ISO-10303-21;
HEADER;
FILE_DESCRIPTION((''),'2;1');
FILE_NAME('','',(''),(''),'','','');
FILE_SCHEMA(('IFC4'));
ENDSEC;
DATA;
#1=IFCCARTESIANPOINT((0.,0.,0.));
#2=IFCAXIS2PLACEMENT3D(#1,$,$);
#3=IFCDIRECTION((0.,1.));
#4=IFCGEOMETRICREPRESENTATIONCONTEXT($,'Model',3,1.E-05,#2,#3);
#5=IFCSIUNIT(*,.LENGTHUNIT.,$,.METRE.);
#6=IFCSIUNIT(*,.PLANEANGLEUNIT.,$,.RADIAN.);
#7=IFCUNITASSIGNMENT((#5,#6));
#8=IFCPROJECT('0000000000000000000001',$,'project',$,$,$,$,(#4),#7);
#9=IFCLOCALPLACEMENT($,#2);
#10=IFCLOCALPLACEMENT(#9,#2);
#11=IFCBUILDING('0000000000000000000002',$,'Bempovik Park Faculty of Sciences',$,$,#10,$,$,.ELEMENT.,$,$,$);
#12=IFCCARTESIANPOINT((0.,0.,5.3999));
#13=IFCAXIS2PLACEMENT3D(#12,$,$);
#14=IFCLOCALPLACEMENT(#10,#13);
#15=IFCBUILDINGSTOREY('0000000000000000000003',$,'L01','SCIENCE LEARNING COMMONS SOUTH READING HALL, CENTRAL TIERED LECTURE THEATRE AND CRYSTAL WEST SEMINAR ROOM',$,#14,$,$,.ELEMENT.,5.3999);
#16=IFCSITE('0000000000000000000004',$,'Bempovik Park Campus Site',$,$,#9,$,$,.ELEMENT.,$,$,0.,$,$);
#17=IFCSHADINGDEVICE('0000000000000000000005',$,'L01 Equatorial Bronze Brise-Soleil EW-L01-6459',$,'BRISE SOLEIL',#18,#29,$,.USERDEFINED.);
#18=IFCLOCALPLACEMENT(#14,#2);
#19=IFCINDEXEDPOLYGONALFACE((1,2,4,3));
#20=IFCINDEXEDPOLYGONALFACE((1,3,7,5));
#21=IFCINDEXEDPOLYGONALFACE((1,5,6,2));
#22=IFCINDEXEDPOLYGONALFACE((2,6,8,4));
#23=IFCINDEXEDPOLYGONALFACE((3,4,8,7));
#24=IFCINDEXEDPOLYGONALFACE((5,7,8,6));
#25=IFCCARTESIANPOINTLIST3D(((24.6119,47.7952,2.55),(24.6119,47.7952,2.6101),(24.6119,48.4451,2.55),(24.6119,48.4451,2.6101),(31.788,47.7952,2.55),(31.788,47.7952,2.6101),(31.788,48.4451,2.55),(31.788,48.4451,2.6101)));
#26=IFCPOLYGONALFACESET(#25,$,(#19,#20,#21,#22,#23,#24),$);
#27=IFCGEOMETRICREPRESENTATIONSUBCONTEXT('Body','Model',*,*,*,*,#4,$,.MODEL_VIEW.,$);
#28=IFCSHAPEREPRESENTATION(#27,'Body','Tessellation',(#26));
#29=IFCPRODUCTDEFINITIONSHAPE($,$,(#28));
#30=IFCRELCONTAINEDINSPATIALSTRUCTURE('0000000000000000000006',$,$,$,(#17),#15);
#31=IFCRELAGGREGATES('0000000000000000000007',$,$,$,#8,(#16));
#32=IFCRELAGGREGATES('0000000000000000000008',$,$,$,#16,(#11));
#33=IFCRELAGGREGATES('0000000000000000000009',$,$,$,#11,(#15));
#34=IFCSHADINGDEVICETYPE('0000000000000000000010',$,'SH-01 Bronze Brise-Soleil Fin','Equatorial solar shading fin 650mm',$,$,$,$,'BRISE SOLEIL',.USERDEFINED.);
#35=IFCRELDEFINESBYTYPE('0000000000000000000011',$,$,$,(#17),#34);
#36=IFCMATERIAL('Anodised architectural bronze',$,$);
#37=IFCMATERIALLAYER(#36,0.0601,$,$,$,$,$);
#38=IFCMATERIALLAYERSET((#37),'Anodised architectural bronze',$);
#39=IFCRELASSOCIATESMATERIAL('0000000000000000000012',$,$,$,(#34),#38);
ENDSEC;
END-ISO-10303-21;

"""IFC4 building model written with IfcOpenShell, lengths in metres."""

from ifc_helpers import new_model, si_unit, direction, frame, origin, origin_2d, place, context, subcontext, project, spatial, rectangle, extrude, material, layer, layer_set, type_object, element, save


model = new_model("IFC4")

# Units and contexts
model_context = context("Model", 3, precision=1e-05, world=origin(), true_north=direction((0.0, 1.0)))
body_context = subcontext(model_context, "Body", "Model", "MODEL_VIEW")
ifc_project = project(units=[si_unit("LENGTHUNIT", "METRE"), si_unit("PLANEANGLEUNIT", "RADIAN")], contexts=[model_context])

# Site, building, storey
site_placement = place(None, origin())
site = spatial("IfcSite", under=ifc_project, at=site_placement, Name="Bempovik Park Campus Site", CompositionType="ELEMENT", RefElevation=0.0)
building_placement = place(site_placement, origin())
building = spatial("IfcBuilding", under=site, at=building_placement, Name="Bempovik Park Faculty of Sciences", CompositionType="ELEMENT")
storey_placement = place(building_placement, frame((0.0, 0.0, 5.3999)))
storey = spatial("IfcBuildingStorey", under=building, at=storey_placement, Name="L01", Description="SCIENCE LEARNING COMMONS SOUTH READING HALL, CENTRAL TIERED LECTURE THEATRE AND CRYSTAL WEST SEMINAR ROOM", CompositionType="ELEMENT", Elevation=5.3999)

# Shading device
ifc_material_1 = material(Name="Anodised architectural bronze")
ifc_layer_1 = layer(ifc_material_1, 0.0601)
ifc_layer_set_1 = layer_set([ifc_layer_1], Name="Anodised architectural bronze")
shading_device_type = type_object("IfcShadingDeviceType", Name="SH-01 Bronze Brise-Soleil Fin", Description="Equatorial solar shading fin 650mm", ElementType="BRISE SOLEIL", PredefinedType="USERDEFINED", material=ifc_layer_set_1)
for number, where, z_axis, x_axis, name in (
    (1, (28.2, 48.1201, 2.55), (0.0, 0.0, 1.0), (1.0, 0.0, 0.0), "L01 Equatorial Bronze Brise-Soleil EW-L01-6459"),
):
    element("IfcShadingDevice", number, at=place(storey_placement, frame(where, z_axis=z_axis, x_axis=x_axis)), inside=storey, type_object=shading_device_type, Name=name, ObjectType="BRISE SOLEIL", PredefinedType="USERDEFINED", context=body_context, shape_type="SweptSolid", body=[
        extrude(rectangle(XDim=7.176, YDim=0.6499, at=origin_2d()), origin(), (0.0, 0.0, 1.0), 0.0601),
    ])

save(model, "model.ifc")
